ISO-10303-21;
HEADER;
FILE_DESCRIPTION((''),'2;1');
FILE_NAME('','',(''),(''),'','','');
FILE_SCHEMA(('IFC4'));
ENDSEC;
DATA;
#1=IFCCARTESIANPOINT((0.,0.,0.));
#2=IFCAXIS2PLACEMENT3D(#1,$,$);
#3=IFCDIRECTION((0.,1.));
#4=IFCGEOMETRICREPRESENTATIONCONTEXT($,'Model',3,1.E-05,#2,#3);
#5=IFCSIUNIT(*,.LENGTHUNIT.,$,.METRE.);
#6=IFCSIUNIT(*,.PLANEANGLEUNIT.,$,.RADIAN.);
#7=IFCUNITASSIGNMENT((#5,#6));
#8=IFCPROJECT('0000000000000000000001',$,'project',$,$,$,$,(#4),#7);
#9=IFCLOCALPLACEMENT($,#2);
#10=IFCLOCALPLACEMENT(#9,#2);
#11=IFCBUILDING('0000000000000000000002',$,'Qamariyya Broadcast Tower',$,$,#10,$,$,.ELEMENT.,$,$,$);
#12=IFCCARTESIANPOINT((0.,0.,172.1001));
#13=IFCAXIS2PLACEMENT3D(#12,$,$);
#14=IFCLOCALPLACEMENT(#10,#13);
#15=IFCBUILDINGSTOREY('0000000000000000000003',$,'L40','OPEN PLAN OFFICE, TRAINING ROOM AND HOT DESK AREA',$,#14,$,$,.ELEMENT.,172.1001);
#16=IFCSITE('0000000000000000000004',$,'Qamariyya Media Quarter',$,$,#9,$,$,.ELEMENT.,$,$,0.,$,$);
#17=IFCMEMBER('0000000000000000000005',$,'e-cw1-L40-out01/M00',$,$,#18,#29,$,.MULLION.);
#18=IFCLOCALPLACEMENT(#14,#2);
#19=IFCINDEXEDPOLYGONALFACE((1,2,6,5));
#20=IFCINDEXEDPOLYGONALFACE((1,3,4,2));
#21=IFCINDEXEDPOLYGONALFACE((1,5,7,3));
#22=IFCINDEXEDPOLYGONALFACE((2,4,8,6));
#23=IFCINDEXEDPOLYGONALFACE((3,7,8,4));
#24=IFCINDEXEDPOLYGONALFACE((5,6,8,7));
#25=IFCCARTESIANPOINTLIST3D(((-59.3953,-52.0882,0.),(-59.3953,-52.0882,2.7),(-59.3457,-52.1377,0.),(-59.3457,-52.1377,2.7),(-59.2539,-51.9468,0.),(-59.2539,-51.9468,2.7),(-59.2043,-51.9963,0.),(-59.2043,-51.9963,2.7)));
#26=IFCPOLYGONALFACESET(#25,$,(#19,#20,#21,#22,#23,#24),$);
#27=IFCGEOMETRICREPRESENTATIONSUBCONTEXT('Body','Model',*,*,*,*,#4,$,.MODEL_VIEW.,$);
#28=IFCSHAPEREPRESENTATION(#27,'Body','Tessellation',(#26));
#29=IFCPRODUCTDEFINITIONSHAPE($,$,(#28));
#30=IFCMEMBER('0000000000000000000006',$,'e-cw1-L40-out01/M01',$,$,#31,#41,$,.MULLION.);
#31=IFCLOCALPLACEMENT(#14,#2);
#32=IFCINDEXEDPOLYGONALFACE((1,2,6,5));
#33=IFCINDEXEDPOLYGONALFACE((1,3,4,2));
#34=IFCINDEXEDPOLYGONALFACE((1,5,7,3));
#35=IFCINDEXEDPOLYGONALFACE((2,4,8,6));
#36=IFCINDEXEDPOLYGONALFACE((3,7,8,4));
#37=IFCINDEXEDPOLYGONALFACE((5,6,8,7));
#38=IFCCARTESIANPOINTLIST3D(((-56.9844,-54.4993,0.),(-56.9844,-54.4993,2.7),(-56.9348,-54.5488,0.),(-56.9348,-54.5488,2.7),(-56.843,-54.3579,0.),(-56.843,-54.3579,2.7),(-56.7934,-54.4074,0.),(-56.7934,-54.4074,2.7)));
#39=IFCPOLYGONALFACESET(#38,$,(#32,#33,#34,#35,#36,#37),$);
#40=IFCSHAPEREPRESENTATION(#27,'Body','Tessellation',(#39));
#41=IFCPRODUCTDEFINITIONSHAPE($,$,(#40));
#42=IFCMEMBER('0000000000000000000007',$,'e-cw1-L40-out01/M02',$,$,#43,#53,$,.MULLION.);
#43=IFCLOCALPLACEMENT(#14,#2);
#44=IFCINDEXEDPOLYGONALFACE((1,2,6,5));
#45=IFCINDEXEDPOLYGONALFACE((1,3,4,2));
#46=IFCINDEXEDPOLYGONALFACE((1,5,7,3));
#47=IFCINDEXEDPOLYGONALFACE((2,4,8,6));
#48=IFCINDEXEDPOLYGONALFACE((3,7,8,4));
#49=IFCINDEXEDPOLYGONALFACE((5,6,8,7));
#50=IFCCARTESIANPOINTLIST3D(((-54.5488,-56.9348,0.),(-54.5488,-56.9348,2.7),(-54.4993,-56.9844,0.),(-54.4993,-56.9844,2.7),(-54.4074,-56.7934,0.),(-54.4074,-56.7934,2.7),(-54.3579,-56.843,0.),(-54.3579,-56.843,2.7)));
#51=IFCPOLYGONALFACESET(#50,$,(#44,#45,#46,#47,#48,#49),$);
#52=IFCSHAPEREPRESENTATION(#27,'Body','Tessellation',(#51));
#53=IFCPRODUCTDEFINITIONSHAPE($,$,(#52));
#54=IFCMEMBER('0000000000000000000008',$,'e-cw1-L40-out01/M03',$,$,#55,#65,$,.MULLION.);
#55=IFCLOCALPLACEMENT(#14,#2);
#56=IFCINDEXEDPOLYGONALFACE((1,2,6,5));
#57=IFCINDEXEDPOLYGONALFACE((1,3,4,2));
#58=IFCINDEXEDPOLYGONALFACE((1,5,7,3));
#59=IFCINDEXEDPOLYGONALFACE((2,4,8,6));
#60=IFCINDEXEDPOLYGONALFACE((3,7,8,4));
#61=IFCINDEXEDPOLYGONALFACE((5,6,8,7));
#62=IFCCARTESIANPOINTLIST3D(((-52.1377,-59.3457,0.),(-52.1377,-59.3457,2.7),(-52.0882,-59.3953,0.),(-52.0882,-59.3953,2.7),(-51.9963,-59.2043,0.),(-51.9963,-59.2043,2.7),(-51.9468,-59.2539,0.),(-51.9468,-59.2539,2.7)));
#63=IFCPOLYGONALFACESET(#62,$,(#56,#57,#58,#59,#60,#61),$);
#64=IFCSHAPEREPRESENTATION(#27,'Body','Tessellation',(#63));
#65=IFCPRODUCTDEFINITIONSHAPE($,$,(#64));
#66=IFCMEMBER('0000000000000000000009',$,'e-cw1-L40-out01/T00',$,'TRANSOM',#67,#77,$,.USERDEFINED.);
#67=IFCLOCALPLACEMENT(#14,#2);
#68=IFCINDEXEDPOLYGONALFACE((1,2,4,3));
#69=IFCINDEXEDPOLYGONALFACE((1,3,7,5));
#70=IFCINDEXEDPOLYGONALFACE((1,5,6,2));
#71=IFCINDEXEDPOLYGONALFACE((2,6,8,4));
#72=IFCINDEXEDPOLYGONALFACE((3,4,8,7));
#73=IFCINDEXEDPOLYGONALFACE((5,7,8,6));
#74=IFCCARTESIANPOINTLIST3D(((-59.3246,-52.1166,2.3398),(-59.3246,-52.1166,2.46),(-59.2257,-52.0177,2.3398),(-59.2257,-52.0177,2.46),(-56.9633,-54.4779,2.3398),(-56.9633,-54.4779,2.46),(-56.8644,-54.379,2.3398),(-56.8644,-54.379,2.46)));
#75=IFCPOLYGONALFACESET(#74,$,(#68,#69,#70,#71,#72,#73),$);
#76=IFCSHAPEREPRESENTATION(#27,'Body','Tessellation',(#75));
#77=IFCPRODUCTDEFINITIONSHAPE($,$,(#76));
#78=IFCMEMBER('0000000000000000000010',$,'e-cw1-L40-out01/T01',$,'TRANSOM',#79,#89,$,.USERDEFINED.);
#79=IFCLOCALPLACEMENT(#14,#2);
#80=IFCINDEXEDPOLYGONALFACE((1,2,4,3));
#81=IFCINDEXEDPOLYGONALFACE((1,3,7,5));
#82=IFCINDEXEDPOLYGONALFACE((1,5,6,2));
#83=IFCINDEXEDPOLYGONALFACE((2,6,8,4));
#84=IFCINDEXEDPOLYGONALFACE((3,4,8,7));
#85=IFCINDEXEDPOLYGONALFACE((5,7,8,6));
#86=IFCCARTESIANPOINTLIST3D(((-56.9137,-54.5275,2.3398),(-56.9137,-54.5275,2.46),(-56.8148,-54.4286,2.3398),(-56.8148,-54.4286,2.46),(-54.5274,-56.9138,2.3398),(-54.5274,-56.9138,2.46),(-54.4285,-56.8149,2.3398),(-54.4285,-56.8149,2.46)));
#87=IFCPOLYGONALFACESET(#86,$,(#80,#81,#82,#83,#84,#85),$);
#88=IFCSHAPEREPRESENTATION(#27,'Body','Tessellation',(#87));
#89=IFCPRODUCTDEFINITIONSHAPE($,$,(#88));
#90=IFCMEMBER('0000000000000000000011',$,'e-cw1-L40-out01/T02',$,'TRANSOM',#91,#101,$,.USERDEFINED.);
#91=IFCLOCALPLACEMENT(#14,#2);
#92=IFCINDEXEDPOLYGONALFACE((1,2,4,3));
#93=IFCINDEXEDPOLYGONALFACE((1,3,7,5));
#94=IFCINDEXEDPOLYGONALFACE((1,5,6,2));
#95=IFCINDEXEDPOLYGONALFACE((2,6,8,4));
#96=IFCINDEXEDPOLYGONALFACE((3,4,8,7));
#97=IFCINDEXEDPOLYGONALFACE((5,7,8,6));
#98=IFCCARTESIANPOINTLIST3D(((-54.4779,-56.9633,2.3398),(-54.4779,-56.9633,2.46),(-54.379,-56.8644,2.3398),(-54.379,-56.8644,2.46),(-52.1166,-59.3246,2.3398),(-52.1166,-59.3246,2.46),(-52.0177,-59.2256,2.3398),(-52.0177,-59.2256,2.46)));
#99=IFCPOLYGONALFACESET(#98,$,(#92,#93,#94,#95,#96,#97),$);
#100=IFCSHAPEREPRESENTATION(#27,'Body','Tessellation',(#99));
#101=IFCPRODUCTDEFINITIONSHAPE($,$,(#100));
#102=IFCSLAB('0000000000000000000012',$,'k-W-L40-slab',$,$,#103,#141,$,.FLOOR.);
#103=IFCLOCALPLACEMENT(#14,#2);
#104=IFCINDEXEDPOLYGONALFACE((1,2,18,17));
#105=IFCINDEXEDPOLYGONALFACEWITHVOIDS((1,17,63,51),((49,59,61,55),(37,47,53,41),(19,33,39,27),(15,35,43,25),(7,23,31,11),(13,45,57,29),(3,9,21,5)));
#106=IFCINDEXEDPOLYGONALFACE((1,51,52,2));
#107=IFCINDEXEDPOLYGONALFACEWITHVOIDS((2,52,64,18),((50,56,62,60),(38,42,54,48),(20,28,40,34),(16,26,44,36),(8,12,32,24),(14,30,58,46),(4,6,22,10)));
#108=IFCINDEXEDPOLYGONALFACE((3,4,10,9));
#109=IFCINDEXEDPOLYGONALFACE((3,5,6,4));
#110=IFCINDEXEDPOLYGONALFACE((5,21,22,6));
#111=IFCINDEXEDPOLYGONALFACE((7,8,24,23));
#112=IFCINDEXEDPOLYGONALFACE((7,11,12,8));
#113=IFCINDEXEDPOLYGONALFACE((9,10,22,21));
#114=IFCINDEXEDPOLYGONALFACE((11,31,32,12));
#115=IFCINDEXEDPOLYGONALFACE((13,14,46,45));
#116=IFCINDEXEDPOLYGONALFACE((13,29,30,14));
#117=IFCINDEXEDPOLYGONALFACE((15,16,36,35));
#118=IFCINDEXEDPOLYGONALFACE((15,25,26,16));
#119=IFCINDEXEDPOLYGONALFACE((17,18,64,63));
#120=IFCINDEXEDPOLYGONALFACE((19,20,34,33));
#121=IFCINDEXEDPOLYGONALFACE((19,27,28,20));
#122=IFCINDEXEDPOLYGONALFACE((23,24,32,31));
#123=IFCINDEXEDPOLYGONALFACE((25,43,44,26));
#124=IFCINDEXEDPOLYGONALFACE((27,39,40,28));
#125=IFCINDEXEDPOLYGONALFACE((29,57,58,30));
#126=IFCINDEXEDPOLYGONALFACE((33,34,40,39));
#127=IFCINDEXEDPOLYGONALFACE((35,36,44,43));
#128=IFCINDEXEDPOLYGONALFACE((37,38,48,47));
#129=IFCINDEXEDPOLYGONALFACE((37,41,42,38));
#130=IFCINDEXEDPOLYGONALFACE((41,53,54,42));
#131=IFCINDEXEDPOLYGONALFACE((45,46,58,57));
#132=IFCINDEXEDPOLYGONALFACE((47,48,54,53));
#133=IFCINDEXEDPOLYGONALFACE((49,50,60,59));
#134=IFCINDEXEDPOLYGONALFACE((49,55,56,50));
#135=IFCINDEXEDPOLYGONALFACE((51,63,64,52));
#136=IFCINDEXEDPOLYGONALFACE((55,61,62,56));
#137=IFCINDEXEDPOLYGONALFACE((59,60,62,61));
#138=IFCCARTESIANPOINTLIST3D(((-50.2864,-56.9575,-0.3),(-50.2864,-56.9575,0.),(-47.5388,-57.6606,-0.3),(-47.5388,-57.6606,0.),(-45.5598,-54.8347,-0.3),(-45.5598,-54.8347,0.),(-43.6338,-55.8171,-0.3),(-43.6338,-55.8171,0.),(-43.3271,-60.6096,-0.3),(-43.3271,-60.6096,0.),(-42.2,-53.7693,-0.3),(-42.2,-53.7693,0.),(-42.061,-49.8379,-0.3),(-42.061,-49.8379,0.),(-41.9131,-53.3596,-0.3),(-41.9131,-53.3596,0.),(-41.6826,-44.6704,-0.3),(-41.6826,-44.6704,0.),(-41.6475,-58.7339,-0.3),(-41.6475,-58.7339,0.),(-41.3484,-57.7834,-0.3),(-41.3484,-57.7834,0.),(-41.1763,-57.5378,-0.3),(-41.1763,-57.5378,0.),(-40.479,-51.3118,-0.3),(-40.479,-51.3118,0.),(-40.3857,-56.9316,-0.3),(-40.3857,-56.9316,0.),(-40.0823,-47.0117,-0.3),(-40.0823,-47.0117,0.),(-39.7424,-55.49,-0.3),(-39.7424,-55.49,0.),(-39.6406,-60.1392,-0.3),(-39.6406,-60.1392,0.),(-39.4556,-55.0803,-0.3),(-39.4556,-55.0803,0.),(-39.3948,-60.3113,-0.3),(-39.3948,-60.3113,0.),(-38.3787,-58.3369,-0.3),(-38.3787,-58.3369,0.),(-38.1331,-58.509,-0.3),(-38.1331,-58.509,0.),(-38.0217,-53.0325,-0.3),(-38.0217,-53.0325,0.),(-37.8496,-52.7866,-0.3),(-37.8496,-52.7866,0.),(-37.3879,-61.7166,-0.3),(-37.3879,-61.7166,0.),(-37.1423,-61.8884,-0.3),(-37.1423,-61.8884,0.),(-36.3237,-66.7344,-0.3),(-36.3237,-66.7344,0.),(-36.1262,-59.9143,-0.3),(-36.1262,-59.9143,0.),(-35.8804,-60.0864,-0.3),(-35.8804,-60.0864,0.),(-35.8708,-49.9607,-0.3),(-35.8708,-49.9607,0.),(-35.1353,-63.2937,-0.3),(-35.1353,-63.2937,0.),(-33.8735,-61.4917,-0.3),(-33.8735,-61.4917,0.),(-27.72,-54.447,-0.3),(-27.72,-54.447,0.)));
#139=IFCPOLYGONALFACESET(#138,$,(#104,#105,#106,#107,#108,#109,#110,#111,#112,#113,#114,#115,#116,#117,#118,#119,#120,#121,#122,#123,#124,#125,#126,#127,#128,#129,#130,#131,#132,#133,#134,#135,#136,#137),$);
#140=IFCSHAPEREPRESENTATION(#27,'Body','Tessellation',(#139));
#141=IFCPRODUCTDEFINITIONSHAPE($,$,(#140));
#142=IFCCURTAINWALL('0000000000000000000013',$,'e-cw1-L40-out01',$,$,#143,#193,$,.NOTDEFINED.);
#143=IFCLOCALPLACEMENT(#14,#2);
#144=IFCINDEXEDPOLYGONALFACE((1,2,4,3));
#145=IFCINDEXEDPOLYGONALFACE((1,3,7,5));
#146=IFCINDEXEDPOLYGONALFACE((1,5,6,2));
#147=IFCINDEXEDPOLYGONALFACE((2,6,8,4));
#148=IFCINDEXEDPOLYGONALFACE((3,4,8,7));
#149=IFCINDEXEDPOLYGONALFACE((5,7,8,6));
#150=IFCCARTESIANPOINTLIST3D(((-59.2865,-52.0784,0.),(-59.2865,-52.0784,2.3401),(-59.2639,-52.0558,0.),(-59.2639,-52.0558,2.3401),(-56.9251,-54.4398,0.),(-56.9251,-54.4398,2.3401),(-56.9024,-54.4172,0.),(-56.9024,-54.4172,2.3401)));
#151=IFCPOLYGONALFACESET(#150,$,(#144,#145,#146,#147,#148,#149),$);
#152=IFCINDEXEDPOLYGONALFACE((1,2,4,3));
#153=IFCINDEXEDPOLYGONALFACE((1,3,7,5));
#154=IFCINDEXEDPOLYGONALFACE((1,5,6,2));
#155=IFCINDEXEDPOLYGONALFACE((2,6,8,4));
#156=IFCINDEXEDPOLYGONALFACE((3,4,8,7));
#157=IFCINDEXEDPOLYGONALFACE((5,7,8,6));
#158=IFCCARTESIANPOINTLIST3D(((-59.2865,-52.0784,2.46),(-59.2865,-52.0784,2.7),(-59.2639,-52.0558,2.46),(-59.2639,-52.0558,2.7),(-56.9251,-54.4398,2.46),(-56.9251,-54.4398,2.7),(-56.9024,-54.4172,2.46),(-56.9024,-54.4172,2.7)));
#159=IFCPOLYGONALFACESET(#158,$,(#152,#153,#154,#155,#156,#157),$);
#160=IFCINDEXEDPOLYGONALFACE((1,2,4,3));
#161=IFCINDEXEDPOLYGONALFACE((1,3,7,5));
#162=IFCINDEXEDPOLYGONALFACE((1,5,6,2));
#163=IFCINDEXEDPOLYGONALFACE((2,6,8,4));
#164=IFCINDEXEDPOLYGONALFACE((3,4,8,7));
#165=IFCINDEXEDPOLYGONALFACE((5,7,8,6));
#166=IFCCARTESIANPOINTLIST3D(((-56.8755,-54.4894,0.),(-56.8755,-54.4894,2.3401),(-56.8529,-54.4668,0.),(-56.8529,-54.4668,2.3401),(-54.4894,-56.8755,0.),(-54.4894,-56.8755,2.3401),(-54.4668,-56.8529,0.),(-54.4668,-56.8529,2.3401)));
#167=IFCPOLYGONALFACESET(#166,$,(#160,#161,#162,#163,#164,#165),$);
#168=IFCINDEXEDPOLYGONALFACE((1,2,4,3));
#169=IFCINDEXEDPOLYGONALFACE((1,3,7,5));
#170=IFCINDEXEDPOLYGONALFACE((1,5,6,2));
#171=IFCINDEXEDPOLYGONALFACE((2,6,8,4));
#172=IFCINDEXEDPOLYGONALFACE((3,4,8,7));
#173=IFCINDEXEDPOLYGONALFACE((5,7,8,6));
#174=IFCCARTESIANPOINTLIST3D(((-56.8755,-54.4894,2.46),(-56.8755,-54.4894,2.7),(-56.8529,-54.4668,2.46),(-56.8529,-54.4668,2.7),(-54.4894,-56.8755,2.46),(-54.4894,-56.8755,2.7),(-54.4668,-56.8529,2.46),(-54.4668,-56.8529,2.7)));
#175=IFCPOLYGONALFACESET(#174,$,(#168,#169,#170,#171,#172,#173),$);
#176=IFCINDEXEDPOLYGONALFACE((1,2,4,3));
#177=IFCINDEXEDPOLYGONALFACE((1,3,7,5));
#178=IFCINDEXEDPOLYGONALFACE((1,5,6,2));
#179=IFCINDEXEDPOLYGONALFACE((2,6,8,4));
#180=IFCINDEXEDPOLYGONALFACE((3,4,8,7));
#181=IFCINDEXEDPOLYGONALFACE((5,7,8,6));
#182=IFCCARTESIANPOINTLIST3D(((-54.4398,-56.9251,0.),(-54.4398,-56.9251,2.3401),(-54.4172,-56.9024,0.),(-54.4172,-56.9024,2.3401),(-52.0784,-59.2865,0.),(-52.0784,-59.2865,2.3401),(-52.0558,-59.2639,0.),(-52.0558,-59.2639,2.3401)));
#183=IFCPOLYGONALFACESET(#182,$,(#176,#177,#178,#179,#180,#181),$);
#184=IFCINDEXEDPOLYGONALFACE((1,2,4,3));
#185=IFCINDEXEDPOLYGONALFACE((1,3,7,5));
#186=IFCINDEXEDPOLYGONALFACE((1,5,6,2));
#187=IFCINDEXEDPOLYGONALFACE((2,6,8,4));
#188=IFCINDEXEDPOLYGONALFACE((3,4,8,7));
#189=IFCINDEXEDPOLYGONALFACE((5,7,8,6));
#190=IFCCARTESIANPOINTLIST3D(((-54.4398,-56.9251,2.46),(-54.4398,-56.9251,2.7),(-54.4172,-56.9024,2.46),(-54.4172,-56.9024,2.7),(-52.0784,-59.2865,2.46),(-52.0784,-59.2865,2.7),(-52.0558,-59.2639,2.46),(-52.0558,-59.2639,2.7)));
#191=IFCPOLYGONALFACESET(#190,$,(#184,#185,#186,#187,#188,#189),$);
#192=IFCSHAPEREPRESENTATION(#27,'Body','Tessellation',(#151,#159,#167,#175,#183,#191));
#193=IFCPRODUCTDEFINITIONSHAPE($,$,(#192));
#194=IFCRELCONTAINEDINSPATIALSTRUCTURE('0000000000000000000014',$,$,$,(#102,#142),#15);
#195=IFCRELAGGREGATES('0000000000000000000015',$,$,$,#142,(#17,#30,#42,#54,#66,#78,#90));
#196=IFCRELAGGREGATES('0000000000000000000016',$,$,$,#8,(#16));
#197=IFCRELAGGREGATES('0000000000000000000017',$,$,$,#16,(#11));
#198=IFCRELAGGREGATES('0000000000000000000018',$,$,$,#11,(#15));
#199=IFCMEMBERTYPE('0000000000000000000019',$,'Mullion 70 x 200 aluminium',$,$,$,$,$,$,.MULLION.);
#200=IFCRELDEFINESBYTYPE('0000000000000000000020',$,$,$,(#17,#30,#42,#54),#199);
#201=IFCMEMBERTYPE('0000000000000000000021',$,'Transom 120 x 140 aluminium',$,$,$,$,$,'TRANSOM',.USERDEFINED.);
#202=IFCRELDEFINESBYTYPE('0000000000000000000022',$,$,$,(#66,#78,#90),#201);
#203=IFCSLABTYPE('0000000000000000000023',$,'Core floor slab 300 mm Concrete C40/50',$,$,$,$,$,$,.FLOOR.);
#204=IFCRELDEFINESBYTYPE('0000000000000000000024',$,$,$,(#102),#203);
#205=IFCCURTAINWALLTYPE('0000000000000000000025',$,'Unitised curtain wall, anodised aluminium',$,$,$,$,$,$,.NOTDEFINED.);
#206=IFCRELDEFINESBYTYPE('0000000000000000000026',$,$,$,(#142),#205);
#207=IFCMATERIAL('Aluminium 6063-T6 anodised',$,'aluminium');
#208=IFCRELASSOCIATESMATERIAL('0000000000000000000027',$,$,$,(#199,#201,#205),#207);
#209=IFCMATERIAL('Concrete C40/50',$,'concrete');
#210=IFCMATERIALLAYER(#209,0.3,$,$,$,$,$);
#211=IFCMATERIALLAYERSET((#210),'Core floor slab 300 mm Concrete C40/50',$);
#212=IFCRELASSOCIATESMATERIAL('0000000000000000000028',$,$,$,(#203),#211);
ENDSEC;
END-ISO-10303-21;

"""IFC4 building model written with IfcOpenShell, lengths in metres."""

from ifc_helpers import new_model, si_unit, direction, frame, origin, origin_2d, place, context, subcontext, project, spatial, polyline, rectangle, outline, extrude, material, layer, layer_set, material_profile, profile_set, type_object, element, aggregate, save


model = new_model("IFC4")

# Units and contexts
model_context = context("Model", 3, precision=1e-05, world=origin(), true_north=direction((0.0, 1.0)))
body_context = subcontext(model_context, "Body", "Model", "MODEL_VIEW")
ifc_project = project(units=[si_unit("LENGTHUNIT", "METRE"), si_unit("PLANEANGLEUNIT", "RADIAN")], contexts=[model_context])

# Members
ifc_material_1 = material(Name="Aluminium 6063-T6 anodised", Category="aluminium")
ifc_material_profile_1 = material_profile(ifc_material_1, rectangle(XDim=0.2, YDim=0.0701, at=origin_2d()))
ifc_profile_set_1 = profile_set([ifc_material_profile_1], Name="Aluminium 6063-T6 anodised")
member_type_1 = type_object("IfcMemberType", Name="Mullion 70 x 200 aluminium", PredefinedType="MULLION", material=ifc_profile_set_1)
site_placement = place(None, origin())
building_placement = place(site_placement, origin())
storey_placement = place(building_placement, frame((0.0, 0.0, 172.1001)))
member_1_placement = place(storey_placement, frame((-59.2998, -52.0422, 0.0), z_axis=(0.0, 0.0, 1.0), x_axis=(0.707107, 0.707107, 0.0)))
member_1 = element("IfcMember", 1, at=member_1_placement, type_object=member_type_1, Name="e-cw1-L40-out01/M00", PredefinedType="MULLION", context=body_context, shape_type="SweptSolid", body=[
    extrude(rectangle(XDim=0.2, YDim=0.0701, at=origin_2d()), origin(), (0.0, 0.0, 1.0), 2.7),
])
member_2_placement = place(storey_placement, frame((-56.8889, -54.4534, 0.0), z_axis=(0.0, 0.0, 1.0), x_axis=(0.707107, 0.707107, 0.0)))
member_2 = element("IfcMember", 2, at=member_2_placement, type_object=member_type_1, Name="e-cw1-L40-out01/M01", PredefinedType="MULLION", context=body_context, shape_type="SweptSolid", body=[
    extrude(rectangle(XDim=0.2, YDim=0.0701, at=origin_2d()), origin(), (0.0, 0.0, 1.0), 2.7),
])
member_3_placement = place(storey_placement, frame((-54.4534, -56.8889, 0.0), z_axis=(0.0, 0.0, 1.0), x_axis=(0.707107, 0.707107, 0.0)))
member_3 = element("IfcMember", 3, at=member_3_placement, type_object=member_type_1, Name="e-cw1-L40-out01/M02", PredefinedType="MULLION", context=body_context, shape_type="SweptSolid", body=[
    extrude(rectangle(XDim=0.2, YDim=0.0701, at=origin_2d()), origin(), (0.0, 0.0, 1.0), 2.7),
])
member_4_placement = place(storey_placement, frame((-52.0422, -59.2998, 0.0), z_axis=(0.0, 0.0, 1.0), x_axis=(0.707107, 0.707107, 0.0)))
member_4 = element("IfcMember", 4, at=member_4_placement, type_object=member_type_1, Name="e-cw1-L40-out01/M03", PredefinedType="MULLION", context=body_context, shape_type="SweptSolid", body=[
    extrude(rectangle(XDim=0.2, YDim=0.0701, at=origin_2d()), origin(), (0.0, 0.0, 1.0), 2.7),
])
ifc_material_profile_2 = material_profile(ifc_material_1, rectangle(XDim=0.1399, YDim=0.1201, at=origin_2d()))
ifc_profile_set_2 = profile_set([ifc_material_profile_2], Name="Aluminium 6063-T6 anodised")
member_type_2 = type_object("IfcMemberType", Name="Transom 120 x 140 aluminium", ElementType="TRANSOM", PredefinedType="USERDEFINED", material=ifc_profile_set_2)
member_5_placement = place(storey_placement, frame((-59.2751, -52.0671, 2.3999), z_axis=(0.707107, -0.707107, 0.0), x_axis=(0.707107, 0.707107, 0.0)))
member_5 = element("IfcMember", 5, at=member_5_placement, type_object=member_type_2, Name="e-cw1-L40-out01/T00", ObjectType="TRANSOM", PredefinedType="USERDEFINED", context=body_context, shape_type="SweptSolid", body=[
    extrude(rectangle(XDim=0.1399, YDim=0.1201, at=origin_2d()), origin(), (0.0, 0.0, 1.0), 3.3394),
])
member_6_placement = place(storey_placement, frame((-56.8643, -54.478, 2.3999), z_axis=(0.707107, -0.707107, 0.0), x_axis=(0.707107, 0.707107, 0.0)))
member_6 = element("IfcMember", 6, at=member_6_placement, type_object=member_type_2, Name="e-cw1-L40-out01/T01", ObjectType="TRANSOM", PredefinedType="USERDEFINED", context=body_context, shape_type="SweptSolid", body=[
    extrude(rectangle(XDim=0.1399, YDim=0.1201, at=origin_2d()), origin(), (0.0, 0.0, 1.0), 3.3748),
])
member_7_placement = place(storey_placement, frame((-54.4285, -56.9138, 2.3999), z_axis=(0.707107, -0.707107, 0.0), x_axis=(0.707107, 0.707107, 0.0)))
member_7 = element("IfcMember", 7, at=member_7_placement, type_object=member_type_2, Name="e-cw1-L40-out01/T02", ObjectType="TRANSOM", PredefinedType="USERDEFINED", context=body_context, shape_type="SweptSolid", body=[
    extrude(rectangle(XDim=0.1399, YDim=0.1201, at=origin_2d()), origin(), (0.0, 0.0, 1.0), 3.3394),
])

# Site, building, storey
site = spatial("IfcSite", under=ifc_project, at=site_placement, Name="Qamariyya Media Quarter", CompositionType="ELEMENT", RefElevation=0.0)
building = spatial("IfcBuilding", under=site, at=building_placement, Name="Qamariyya Broadcast Tower", CompositionType="ELEMENT")
storey = spatial("IfcBuildingStorey", under=building, at=storey_placement, Name="L40", Description="OPEN PLAN OFFICE, TRAINING ROOM AND HOT DESK AREA", CompositionType="ELEMENT", Elevation=172.1001)

# Slab
ifc_material_2 = material(Name="Concrete C40/50", Category="concrete")
ifc_layer_1 = layer(ifc_material_2, 0.3)
ifc_layer_set_1 = layer_set([ifc_layer_1], Name="Core floor slab 300 mm Concrete C40/50")
slab_type_1 = type_object("IfcSlabType", Name="Core floor slab 300 mm Concrete C40/50", PredefinedType="FLOOR", material=ifc_layer_set_1)
slab_1_placement = place(storey_placement, frame((0.0, 0.0, -0.3)))
element("IfcSlab", 8, at=slab_1_placement, inside=storey, type_object=slab_type_1, Name="k-W-L40-slab", PredefinedType="FLOOR", context=body_context, shape_type="SweptSolid", body=[
    extrude(outline(polyline([(-50.2864, -56.9575), (-36.3237, -66.7344), (-27.72, -54.447), (-41.6826, -44.6704), (-50.2864, -56.9575)]), holes=[polyline([(-33.8735, -61.4917), (-35.8804, -60.0864), (-37.1423, -61.8884), (-35.1353, -63.2937), (-33.8735, -61.4917)]), polyline([(-36.1262, -59.9143), (-38.1331, -58.509), (-39.3948, -60.3113), (-37.3879, -61.7166), (-36.1262, -59.9143)]), polyline([(-38.3787, -58.3369), (-40.3857, -56.9316), (-41.6475, -58.7339), (-39.6406, -60.1392), (-38.3787, -58.3369)]), polyline([(-39.7424, -55.49), (-42.2, -53.7693), (-43.6338, -55.8171), (-41.1763, -57.5378), (-39.7424, -55.49)]), polyline([(-39.4556, -55.0803), (-41.9131, -53.3596), (-40.479, -51.3118), (-38.0217, -53.0325), (-39.4556, -55.0803)]), polyline([(-42.061, -49.8379), (-37.8496, -52.7866), (-35.8708, -49.9607), (-40.0823, -47.0117), (-42.061, -49.8379)]), polyline([(-47.5388, -57.6606), (-43.3271, -60.6096), (-41.3484, -57.7834), (-45.5598, -54.8347), (-47.5388, -57.6606)])]), origin(), (0.0, 0.0, 1.0), 0.3),
])

# Curtain wall
curtain_wall_type = type_object("IfcCurtainWallType", Name="Unitised curtain wall, anodised aluminium", PredefinedType="NOTDEFINED", material=ifc_material_1)
curtain_wall_1_placement = place(storey_placement, origin())
curtain_wall_1 = element("IfcCurtainWall", 9, at=curtain_wall_1_placement, inside=storey, type_object=curtain_wall_type, Name="e-cw1-L40-out01", PredefinedType="NOTDEFINED", context=body_context, shape_type="SweptSolid", body=[
    extrude(rectangle(XDim=3.3396, YDim=0.032, at=origin_2d()), frame((-58.0945, -53.2478, 0.0), x_axis=(0.707107, -0.707107, 0.0)), (0.0, 0.0, 1.0), 2.3401),
    extrude(rectangle(XDim=3.3396, YDim=0.032, at=origin_2d()), frame((-58.0945, -53.2478, 2.46), x_axis=(0.707107, -0.707107, 0.0)), (0.0, 0.0, 1.0), 0.24),
    extrude(rectangle(XDim=3.3745, YDim=0.032, at=origin_2d()), frame((-55.6711, -55.6711, 0.0), x_axis=(0.707107, -0.707107, 0.0)), (0.0, 0.0, 1.0), 2.3401),
    extrude(rectangle(XDim=3.3745, YDim=0.032, at=origin_2d()), frame((-55.6711, -55.6711, 2.46), x_axis=(0.707107, -0.707107, 0.0)), (0.0, 0.0, 1.0), 0.24),
    extrude(rectangle(XDim=3.3396, YDim=0.032, at=origin_2d()), frame((-53.2478, -58.0945, 0.0), x_axis=(0.707107, -0.707107, 0.0)), (0.0, 0.0, 1.0), 2.3401),
    extrude(rectangle(XDim=3.3396, YDim=0.032, at=origin_2d()), frame((-53.2478, -58.0945, 2.46), x_axis=(0.707107, -0.707107, 0.0)), (0.0, 0.0, 1.0), 0.24),
])
aggregate(curtain_wall_1, [member_1, member_2, member_3, member_4, member_5, member_6, member_7])

save(model, "model.ifc")
